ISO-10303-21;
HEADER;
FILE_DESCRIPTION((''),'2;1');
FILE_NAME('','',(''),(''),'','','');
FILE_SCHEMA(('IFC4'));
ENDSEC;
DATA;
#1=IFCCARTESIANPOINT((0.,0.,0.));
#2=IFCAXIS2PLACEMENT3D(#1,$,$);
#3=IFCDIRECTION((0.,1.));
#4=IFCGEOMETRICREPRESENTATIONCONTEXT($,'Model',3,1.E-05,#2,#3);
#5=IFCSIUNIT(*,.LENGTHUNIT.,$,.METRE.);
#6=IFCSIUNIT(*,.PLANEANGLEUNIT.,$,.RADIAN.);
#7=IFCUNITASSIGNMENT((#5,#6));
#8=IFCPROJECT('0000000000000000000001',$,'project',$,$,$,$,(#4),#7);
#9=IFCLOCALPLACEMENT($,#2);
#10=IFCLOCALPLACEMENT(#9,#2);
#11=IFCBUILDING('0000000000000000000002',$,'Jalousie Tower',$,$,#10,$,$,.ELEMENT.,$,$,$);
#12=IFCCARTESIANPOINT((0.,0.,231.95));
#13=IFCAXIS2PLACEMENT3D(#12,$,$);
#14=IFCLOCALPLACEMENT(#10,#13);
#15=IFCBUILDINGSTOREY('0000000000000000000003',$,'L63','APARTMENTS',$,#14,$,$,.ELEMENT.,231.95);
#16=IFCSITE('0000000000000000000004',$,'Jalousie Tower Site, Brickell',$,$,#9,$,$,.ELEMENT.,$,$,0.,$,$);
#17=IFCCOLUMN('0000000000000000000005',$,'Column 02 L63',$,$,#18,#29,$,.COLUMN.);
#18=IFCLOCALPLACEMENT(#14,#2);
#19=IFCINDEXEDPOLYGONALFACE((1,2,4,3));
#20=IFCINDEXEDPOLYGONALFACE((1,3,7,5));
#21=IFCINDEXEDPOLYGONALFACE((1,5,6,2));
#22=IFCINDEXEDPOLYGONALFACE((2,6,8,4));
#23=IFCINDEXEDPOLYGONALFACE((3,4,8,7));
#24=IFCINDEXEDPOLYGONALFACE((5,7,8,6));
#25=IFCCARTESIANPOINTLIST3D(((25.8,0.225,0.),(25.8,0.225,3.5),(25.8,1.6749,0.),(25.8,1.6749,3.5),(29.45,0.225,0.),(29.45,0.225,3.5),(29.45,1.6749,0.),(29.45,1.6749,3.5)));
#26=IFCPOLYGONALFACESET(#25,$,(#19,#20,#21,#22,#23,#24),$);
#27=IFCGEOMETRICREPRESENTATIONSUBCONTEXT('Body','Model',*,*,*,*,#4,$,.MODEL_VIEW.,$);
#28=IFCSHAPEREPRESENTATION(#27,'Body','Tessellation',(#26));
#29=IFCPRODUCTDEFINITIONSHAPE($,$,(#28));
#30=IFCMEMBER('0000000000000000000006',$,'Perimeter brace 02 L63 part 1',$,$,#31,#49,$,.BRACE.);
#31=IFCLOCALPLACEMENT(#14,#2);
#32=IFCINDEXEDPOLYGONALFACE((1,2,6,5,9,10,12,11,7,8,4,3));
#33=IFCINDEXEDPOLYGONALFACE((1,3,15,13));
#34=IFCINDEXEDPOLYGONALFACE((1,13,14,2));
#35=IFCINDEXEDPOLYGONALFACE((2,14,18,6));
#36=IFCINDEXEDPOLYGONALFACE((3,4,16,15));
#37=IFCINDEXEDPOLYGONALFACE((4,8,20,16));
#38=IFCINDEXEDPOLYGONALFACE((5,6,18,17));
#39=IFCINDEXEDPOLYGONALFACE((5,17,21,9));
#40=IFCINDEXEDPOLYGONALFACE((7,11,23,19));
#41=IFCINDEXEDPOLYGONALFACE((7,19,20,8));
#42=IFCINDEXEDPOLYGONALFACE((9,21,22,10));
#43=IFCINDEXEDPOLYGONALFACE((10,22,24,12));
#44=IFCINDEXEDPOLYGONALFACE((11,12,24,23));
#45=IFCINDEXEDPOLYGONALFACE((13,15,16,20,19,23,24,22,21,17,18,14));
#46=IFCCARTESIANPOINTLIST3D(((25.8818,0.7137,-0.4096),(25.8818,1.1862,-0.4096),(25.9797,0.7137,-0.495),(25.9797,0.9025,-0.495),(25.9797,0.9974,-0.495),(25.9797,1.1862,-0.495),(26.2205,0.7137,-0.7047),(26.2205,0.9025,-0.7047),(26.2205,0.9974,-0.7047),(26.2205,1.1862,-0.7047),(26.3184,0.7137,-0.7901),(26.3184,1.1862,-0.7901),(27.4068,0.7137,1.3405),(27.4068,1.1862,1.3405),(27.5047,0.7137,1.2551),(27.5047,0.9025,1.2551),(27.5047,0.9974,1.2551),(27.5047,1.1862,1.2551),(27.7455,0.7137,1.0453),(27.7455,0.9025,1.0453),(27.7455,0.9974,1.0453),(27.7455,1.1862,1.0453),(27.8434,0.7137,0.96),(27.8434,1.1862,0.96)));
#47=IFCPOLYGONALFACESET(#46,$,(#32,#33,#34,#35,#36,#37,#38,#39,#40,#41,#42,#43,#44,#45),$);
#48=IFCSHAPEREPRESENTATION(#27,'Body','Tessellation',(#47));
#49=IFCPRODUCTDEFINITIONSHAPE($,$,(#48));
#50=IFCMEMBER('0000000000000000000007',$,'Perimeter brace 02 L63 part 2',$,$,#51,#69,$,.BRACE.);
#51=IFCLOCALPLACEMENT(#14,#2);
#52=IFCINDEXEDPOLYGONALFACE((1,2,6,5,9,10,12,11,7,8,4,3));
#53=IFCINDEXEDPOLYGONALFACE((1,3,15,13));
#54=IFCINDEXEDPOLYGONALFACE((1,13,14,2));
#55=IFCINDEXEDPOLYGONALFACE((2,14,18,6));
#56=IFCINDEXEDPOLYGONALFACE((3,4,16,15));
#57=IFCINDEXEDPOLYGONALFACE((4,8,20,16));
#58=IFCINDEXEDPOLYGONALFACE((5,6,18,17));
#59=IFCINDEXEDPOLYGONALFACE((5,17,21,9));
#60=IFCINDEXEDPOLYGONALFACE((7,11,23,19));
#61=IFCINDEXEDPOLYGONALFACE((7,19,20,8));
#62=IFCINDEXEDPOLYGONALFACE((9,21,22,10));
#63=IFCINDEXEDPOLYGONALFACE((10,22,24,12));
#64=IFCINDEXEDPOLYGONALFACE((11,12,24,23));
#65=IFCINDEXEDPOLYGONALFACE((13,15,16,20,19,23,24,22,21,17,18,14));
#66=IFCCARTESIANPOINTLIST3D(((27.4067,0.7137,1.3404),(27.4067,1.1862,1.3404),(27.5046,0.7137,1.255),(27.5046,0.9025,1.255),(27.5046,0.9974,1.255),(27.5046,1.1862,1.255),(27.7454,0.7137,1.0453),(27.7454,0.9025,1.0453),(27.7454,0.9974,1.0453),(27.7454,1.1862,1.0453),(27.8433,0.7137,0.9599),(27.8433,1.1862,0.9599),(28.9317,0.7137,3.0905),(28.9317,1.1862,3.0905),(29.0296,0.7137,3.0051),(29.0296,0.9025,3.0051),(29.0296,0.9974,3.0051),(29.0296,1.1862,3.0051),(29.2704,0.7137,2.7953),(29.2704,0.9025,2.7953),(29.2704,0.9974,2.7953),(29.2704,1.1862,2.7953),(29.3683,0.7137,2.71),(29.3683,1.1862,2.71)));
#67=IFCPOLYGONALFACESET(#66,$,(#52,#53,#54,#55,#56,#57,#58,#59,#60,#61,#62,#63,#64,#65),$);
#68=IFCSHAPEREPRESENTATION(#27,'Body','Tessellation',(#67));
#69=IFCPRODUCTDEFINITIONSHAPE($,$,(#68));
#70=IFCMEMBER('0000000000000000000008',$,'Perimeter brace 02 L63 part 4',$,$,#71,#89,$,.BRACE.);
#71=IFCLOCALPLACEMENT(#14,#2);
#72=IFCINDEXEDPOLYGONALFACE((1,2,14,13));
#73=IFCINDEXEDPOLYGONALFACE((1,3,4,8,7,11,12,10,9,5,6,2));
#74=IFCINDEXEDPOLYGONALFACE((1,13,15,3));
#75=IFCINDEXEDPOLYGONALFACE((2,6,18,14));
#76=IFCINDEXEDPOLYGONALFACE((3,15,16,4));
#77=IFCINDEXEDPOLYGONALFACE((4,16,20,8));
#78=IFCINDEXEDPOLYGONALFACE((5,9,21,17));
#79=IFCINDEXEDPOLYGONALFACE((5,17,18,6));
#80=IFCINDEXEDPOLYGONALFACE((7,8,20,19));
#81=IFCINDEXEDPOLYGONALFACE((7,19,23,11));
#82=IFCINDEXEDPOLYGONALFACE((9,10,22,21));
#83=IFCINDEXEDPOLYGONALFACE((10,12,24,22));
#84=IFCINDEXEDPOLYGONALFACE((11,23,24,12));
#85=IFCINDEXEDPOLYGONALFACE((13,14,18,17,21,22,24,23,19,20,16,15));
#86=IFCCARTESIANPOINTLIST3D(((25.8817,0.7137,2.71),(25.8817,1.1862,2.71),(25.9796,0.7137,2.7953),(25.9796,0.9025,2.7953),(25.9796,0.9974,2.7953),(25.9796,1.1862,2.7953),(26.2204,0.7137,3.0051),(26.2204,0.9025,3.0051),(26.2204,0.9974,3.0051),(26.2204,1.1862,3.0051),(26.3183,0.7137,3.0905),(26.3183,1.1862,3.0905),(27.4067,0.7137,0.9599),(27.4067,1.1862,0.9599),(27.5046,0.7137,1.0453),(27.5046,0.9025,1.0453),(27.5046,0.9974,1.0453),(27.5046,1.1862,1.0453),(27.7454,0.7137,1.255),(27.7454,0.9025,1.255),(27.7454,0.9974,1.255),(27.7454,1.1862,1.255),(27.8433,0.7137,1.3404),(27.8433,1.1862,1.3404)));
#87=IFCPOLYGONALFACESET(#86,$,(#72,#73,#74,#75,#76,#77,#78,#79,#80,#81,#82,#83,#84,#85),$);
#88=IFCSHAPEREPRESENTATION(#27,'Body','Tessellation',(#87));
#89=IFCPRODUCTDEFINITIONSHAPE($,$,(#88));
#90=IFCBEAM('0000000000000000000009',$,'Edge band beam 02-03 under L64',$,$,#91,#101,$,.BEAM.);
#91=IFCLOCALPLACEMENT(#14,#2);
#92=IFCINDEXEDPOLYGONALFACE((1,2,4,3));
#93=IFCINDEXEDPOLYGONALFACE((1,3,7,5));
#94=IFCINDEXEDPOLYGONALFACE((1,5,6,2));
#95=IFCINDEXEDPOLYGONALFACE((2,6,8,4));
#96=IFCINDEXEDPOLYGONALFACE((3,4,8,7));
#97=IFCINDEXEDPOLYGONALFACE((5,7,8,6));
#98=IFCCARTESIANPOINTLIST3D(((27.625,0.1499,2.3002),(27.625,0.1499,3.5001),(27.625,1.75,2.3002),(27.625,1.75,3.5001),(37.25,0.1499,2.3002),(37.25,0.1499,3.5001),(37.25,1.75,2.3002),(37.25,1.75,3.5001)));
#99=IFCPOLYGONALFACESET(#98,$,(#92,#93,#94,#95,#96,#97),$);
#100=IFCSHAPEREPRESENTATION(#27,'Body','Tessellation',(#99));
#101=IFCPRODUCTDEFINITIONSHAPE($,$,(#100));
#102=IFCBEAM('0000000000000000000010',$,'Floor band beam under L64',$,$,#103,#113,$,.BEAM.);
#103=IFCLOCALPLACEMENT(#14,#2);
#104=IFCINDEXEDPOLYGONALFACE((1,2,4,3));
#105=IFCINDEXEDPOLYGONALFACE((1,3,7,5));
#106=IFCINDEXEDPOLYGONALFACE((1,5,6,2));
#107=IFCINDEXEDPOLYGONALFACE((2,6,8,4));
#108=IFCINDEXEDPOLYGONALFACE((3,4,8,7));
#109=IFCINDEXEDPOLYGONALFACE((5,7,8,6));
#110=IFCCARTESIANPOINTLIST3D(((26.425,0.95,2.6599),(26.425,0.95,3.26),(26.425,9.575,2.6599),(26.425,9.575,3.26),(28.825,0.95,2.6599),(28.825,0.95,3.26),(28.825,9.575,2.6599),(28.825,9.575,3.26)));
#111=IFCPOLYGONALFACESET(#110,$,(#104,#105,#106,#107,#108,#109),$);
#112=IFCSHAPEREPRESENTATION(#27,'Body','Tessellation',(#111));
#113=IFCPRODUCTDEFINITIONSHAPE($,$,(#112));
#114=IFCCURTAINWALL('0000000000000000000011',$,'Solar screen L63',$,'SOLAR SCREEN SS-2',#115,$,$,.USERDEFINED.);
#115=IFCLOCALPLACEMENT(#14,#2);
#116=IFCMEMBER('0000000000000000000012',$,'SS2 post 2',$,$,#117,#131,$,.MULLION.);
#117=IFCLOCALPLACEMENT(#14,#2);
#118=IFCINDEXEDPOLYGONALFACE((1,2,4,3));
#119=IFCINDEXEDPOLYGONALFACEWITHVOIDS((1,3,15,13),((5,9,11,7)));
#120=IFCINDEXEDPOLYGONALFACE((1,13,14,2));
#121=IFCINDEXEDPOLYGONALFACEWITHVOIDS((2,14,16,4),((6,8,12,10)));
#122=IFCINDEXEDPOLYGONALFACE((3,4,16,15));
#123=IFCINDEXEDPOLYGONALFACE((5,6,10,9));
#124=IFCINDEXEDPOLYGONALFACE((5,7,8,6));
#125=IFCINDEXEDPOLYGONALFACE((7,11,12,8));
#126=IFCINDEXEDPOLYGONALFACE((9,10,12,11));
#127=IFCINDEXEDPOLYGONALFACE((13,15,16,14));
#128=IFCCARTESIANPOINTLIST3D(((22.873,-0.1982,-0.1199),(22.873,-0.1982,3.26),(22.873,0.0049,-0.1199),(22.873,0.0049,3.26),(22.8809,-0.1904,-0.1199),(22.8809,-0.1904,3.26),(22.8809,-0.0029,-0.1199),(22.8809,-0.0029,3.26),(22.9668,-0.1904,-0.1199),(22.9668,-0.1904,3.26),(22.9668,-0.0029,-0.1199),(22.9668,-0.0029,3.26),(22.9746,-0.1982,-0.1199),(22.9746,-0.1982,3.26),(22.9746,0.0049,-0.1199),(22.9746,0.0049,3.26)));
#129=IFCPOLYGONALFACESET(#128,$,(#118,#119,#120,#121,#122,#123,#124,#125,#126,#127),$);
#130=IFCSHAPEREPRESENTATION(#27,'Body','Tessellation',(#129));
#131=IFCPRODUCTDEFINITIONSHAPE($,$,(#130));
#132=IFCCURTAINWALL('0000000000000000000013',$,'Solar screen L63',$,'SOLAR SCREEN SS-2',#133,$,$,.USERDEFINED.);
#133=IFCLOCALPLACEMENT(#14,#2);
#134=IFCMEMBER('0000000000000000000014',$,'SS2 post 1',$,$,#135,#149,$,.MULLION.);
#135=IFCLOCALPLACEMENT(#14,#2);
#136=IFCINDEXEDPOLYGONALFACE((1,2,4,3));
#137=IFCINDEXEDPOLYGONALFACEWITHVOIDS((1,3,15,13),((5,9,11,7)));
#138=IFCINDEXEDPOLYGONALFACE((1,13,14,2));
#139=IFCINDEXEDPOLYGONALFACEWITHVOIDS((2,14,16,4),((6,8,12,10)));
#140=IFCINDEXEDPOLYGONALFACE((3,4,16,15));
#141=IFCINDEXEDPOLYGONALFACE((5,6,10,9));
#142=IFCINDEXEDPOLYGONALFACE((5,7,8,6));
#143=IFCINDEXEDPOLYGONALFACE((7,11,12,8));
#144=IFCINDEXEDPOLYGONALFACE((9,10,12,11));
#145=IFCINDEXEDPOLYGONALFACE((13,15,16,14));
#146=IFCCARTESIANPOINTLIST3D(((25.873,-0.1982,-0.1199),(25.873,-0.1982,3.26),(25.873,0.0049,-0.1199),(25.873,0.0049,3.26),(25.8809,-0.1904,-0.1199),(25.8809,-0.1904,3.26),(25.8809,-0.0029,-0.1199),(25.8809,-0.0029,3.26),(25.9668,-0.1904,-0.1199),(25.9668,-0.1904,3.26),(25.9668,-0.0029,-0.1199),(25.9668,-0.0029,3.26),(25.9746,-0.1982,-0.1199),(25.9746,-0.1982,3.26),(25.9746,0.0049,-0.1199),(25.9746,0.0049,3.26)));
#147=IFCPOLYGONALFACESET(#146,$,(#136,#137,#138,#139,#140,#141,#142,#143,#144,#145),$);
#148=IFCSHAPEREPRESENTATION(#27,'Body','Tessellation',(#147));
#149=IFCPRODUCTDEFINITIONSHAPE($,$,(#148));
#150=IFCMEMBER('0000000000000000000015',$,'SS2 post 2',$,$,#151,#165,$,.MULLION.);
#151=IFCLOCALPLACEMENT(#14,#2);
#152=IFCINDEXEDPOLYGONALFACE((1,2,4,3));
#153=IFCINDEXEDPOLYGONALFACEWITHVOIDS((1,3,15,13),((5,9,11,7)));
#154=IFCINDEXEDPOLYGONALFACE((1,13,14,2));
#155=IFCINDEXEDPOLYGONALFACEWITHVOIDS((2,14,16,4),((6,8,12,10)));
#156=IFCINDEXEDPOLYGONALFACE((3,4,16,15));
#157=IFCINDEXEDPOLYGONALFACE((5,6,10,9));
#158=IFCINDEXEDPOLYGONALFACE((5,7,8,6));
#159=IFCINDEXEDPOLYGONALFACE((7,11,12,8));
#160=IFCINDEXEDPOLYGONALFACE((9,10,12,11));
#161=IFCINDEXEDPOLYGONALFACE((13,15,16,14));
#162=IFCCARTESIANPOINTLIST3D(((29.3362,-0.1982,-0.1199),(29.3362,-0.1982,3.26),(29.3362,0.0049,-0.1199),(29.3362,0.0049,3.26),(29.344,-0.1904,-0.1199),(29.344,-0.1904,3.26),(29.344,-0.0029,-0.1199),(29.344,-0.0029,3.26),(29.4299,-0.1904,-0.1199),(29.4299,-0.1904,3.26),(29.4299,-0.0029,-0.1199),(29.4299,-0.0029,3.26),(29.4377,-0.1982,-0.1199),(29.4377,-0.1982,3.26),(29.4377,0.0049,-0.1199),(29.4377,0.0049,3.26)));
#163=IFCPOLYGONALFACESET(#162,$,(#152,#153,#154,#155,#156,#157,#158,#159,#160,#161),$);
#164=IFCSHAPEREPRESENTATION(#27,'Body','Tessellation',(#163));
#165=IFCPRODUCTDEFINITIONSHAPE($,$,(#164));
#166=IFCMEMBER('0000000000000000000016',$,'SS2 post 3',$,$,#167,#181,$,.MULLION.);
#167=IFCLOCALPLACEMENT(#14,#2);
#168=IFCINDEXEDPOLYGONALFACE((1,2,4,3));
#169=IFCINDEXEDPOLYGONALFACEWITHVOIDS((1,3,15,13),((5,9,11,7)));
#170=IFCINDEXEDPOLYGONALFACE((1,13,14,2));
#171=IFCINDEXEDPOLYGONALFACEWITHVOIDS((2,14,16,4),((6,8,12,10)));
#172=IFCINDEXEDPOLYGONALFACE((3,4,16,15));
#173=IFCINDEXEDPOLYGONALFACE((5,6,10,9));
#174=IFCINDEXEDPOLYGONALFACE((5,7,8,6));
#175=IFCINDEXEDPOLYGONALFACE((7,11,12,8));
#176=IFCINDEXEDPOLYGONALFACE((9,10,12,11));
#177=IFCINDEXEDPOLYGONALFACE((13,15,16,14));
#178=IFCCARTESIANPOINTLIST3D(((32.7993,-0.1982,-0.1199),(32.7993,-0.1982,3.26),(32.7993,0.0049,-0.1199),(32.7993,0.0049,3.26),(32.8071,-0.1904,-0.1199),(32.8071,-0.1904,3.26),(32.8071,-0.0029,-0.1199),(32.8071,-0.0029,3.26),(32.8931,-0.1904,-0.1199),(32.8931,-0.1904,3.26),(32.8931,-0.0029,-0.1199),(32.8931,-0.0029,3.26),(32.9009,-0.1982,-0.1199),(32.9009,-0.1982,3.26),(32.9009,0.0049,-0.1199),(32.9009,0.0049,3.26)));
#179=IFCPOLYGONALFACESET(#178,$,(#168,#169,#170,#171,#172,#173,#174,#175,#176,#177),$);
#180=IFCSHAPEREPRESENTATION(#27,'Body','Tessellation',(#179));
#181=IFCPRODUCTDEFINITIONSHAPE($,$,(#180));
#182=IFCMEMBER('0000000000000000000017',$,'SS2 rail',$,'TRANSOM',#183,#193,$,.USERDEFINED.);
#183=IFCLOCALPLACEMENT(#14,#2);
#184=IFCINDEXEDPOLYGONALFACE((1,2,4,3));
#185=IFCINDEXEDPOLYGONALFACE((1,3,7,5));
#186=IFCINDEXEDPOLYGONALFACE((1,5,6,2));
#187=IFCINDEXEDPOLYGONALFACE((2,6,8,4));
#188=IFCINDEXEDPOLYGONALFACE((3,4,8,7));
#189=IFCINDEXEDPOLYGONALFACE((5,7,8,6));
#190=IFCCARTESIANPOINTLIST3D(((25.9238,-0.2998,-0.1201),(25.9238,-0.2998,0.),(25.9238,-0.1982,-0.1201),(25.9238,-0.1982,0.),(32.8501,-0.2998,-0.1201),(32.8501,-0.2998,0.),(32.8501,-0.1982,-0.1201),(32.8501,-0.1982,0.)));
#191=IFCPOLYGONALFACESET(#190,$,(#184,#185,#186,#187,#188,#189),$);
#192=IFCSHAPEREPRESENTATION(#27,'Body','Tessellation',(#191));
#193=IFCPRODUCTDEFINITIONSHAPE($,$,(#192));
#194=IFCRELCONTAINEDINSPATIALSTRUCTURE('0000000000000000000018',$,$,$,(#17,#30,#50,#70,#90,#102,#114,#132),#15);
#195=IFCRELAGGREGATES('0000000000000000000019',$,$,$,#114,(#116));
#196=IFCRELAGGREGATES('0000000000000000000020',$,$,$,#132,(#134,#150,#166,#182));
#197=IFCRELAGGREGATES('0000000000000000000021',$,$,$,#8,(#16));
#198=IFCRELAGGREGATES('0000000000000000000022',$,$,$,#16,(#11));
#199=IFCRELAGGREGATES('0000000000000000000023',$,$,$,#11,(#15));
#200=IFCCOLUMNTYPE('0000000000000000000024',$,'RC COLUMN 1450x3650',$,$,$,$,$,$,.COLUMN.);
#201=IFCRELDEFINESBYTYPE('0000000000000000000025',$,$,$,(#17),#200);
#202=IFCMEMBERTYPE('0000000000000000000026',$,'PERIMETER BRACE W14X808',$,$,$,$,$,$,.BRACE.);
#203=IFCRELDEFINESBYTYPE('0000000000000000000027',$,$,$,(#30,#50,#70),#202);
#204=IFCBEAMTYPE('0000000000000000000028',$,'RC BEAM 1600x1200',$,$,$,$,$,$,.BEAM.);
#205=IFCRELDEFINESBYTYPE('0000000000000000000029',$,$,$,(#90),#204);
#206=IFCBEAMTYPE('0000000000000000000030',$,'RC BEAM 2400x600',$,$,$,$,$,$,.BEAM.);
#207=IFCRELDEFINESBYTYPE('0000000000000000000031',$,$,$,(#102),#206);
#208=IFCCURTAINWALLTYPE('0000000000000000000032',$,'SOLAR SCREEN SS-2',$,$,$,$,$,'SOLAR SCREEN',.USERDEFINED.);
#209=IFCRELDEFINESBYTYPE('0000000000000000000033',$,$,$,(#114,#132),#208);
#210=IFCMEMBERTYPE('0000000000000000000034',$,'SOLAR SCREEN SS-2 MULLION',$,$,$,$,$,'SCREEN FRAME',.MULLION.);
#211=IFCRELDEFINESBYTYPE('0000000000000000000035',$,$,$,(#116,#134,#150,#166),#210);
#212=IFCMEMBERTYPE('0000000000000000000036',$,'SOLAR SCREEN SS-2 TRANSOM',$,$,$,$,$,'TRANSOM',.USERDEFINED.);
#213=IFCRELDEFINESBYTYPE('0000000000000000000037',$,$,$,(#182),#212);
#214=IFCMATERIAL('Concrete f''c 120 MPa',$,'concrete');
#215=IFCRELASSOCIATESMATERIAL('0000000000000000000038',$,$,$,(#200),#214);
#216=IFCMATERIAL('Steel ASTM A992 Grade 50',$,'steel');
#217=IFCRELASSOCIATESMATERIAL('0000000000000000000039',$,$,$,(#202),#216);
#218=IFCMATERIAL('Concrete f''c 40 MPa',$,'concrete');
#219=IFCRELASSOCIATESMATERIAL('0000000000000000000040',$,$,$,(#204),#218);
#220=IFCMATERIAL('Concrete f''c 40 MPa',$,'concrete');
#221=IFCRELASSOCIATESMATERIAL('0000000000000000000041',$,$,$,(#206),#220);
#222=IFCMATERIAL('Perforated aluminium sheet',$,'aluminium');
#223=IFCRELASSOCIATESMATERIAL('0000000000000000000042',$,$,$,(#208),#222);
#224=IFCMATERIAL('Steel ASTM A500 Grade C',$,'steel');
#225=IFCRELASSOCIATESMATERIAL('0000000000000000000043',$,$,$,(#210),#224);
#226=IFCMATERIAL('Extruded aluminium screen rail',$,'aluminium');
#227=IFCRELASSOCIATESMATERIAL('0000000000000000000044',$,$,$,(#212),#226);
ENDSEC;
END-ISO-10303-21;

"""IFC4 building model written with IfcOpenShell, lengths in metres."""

from ifc_helpers import new_model, si_unit, direction, frame, origin, origin_2d, place, context, subcontext, project, spatial, rectangle, hollow_rectangle, i_section, extrude, material, material_profile, profile_set, type_object, element, aggregate, save


model = new_model("IFC4")

# Units and contexts
model_context = context("Model", 3, precision=1e-05, world=origin(), true_north=direction((0.0, 1.0)))
body_context = subcontext(model_context, "Body", "Model", "MODEL_VIEW")
ifc_project = project(units=[si_unit("LENGTHUNIT", "METRE"), si_unit("PLANEANGLEUNIT", "RADIAN")], contexts=[model_context])

# Site, building, storey
site_placement = place(None, origin())
site = spatial("IfcSite", under=ifc_project, at=site_placement, Name="Jalousie Tower Site, Brickell", CompositionType="ELEMENT", RefElevation=0.0)
building_placement = place(site_placement, origin())
building = spatial("IfcBuilding", under=site, at=building_placement, Name="Jalousie Tower", CompositionType="ELEMENT")
storey_placement = place(building_placement, frame((0.0, 0.0, 231.95)))
storey = spatial("IfcBuildingStorey", under=building, at=storey_placement, Name="L63", Description="APARTMENTS", CompositionType="ELEMENT", Elevation=231.95)

# Column
ifc_material_1 = material(Name="Concrete f'c 120 MPa", Category="concrete")
ifc_material_profile_1 = material_profile(ifc_material_1, rectangle(XDim=1.45, YDim=3.6499, at=origin_2d()), Name="RC 1450x3650")
ifc_profile_set_1 = profile_set([ifc_material_profile_1], Name="Concrete f'c 120 MPa")
column_type = type_object("IfcColumnType", Name="RC COLUMN 1450x3650", PredefinedType="COLUMN", material=ifc_profile_set_1)
column_placement = place(storey_placement, frame((27.625, 0.95, 0.0), z_axis=(0.0, 0.0, 1.0), x_axis=(0.0, 1.0, 0.0)))
element("IfcColumn", 1, at=column_placement, inside=storey, type_object=column_type, Name="Column 02 L63", PredefinedType="COLUMN", context=body_context, shape_type="SweptSolid", body=[
    extrude(rectangle(XDim=1.45, YDim=3.6499, at=origin_2d()), origin(), (0.0, 0.0, 1.0), 3.5),
])

# Members
ifc_material_2 = material(Name="Steel ASTM A992 Grade 50", Category="steel")
ifc_material_profile_2 = material_profile(ifc_material_2, i_section(OverallWidth=0.4724, OverallDepth=0.5791, WebThickness=0.095, FlangeThickness=0.1299, at=origin_2d()), Name="W14X808")
ifc_profile_set_2 = profile_set([ifc_material_profile_2], Name="Steel ASTM A992 Grade 50")
member_type_1 = type_object("IfcMemberType", Name="PERIMETER BRACE W14X808", PredefinedType="BRACE", material=ifc_profile_set_2)
for number, where, z_axis, x_axis, name in (
    (2, (26.1001, 0.95, -0.5999), (0.656954, 0.0, 0.75393), (0.0, 1.0, 0.0), "Perimeter brace 02 L63 part 1"),
    (3, (27.625, 0.95, 1.1501), (0.656954, 0.0, 0.75393), (0.0, 1.0, 0.0), "Perimeter brace 02 L63 part 2"),
    (4, (27.625, 0.95, 1.1501), (-0.656954, 0.0, 0.75393), (0.0, -1.0, 0.0), "Perimeter brace 02 L63 part 4"),
):
    element("IfcMember", number, at=place(storey_placement, frame(where, z_axis=z_axis, x_axis=x_axis)), inside=storey, type_object=member_type_1, Name=name, PredefinedType="BRACE", context=body_context, shape_type="SweptSolid", body=[
        extrude(i_section(OverallWidth=0.4724, OverallDepth=0.5791, WebThickness=0.095, FlangeThickness=0.1299, at=origin_2d()), origin(), (0.0, 0.0, 1.0), 2.3213),
    ])

# Beams
ifc_material_3 = material(Name="Concrete f'c 40 MPa", Category="concrete")
ifc_material_profile_3 = material_profile(ifc_material_3, rectangle(XDim=1.6001, YDim=1.2, at=origin_2d()), Name="RC 1600x1200")
ifc_profile_set_3 = profile_set([ifc_material_profile_3], Name="Concrete f'c 40 MPa")
beam_type_1 = type_object("IfcBeamType", Name="RC BEAM 1600x1200", PredefinedType="BEAM", material=ifc_profile_set_3)
beam_1_placement = place(storey_placement, frame((27.625, 0.95, 2.9001), z_axis=(1.0, 0.0, 0.0), x_axis=(0.0, 1.0, 0.0)))
element("IfcBeam", 5, at=beam_1_placement, inside=storey, type_object=beam_type_1, Name="Edge band beam 02-03 under L64", PredefinedType="BEAM", context=body_context, shape_type="SweptSolid", body=[
    extrude(rectangle(XDim=1.6001, YDim=1.2, at=origin_2d()), origin(), (0.0, 0.0, 1.0), 9.625),
])
ifc_material_4 = material(Name="Concrete f'c 40 MPa", Category="concrete")
ifc_material_profile_4 = material_profile(ifc_material_4, rectangle(XDim=2.3999, YDim=0.6001, at=origin_2d()), Name="RC 2400x600")
ifc_profile_set_4 = profile_set([ifc_material_profile_4], Name="Concrete f'c 40 MPa")
beam_type_2 = type_object("IfcBeamType", Name="RC BEAM 2400x600", PredefinedType="BEAM", material=ifc_profile_set_4)
beam_2_placement = place(storey_placement, frame((27.625, 0.95, 2.96), z_axis=(0.0, 1.0, 0.0), x_axis=(-1.0, 0.0, 0.0)))
element("IfcBeam", 6, at=beam_2_placement, inside=storey, type_object=beam_type_2, Name="Floor band beam under L64", PredefinedType="BEAM", context=body_context, shape_type="SweptSolid", body=[
    extrude(rectangle(XDim=2.3999, YDim=0.6001, at=origin_2d()), origin(), (0.0, 0.0, 1.0), 8.625),
])

# Curtain wall, member
ifc_material_5 = material(Name="Perforated aluminium sheet", Category="aluminium")
curtain_wall_type = type_object("IfcCurtainWallType", Name="SOLAR SCREEN SS-2", ElementType="SOLAR SCREEN", PredefinedType="USERDEFINED", material=ifc_material_5)
curtain_wall_1_placement = place(storey_placement, origin())
curtain_wall_1 = element("IfcCurtainWall", 7, at=curtain_wall_1_placement, inside=storey, type_object=curtain_wall_type, Name="Solar screen L63", ObjectType="SOLAR SCREEN SS-2", PredefinedType="USERDEFINED")
ifc_material_6 = material(Name="Steel ASTM A500 Grade C", Category="steel")
ifc_material_profile_5 = material_profile(ifc_material_6, hollow_rectangle(XDim=0.1016, YDim=0.2031, WallThickness=0.0078, at=origin_2d()), Name="HSS8X4X5/16")
ifc_profile_set_5 = profile_set([ifc_material_profile_5], Name="Steel ASTM A500 Grade C")
member_type_2 = type_object("IfcMemberType", Name="SOLAR SCREEN SS-2 MULLION", ElementType="SCREEN FRAME", PredefinedType="MULLION", material=ifc_profile_set_5)
member_1_placement = place(storey_placement, frame((22.9238, -0.0967, -0.1199), z_axis=(0.0, 0.0, 1.0), x_axis=(1.0, 0.0, 0.0)))
member_1 = element("IfcMember", 8, at=member_1_placement, type_object=member_type_2, Name="SS2 post 2", PredefinedType="MULLION", context=body_context, shape_type="SweptSolid", body=[
    extrude(hollow_rectangle(XDim=0.1016, YDim=0.2031, WallThickness=0.0078, at=origin_2d()), origin(), (0.0, 0.0, 1.0), 3.3799),
])
aggregate(curtain_wall_1, [member_1])

# Curtain wall, members
curtain_wall_2_placement = place(storey_placement, origin())
curtain_wall_2 = element("IfcCurtainWall", 9, at=curtain_wall_2_placement, inside=storey, type_object=curtain_wall_type, Name="Solar screen L63", ObjectType="SOLAR SCREEN SS-2", PredefinedType="USERDEFINED")
member_2_placement = place(storey_placement, frame((25.9238, -0.0967, -0.1199), z_axis=(0.0, 0.0, 1.0), x_axis=(1.0, 0.0, 0.0)))
member_2 = element("IfcMember", 10, at=member_2_placement, type_object=member_type_2, Name="SS2 post 1", PredefinedType="MULLION", context=body_context, shape_type="SweptSolid", body=[
    extrude(hollow_rectangle(XDim=0.1016, YDim=0.2031, WallThickness=0.0078, at=origin_2d()), origin(), (0.0, 0.0, 1.0), 3.3799),
])
member_3_placement = place(storey_placement, frame((29.387, -0.0967, -0.1199), z_axis=(0.0, 0.0, 1.0), x_axis=(1.0, 0.0, 0.0)))
member_3 = element("IfcMember", 11, at=member_3_placement, type_object=member_type_2, Name="SS2 post 2", PredefinedType="MULLION", context=body_context, shape_type="SweptSolid", body=[
    extrude(hollow_rectangle(XDim=0.1016, YDim=0.2031, WallThickness=0.0078, at=origin_2d()), origin(), (0.0, 0.0, 1.0), 3.3799),
])
member_4_placement = place(storey_placement, frame((32.8501, -0.0967, -0.1199), z_axis=(0.0, 0.0, 1.0), x_axis=(1.0, 0.0, 0.0)))
member_4 = element("IfcMember", 12, at=member_4_placement, type_object=member_type_2, Name="SS2 post 3", PredefinedType="MULLION", context=body_context, shape_type="SweptSolid", body=[
    extrude(hollow_rectangle(XDim=0.1016, YDim=0.2031, WallThickness=0.0078, at=origin_2d()), origin(), (0.0, 0.0, 1.0), 3.3799),
])
ifc_material_7 = material(Name="Extruded aluminium screen rail", Category="aluminium")
ifc_material_profile_6 = material_profile(ifc_material_7, rectangle(XDim=0.1016, YDim=0.1201, at=origin_2d()), Name="RAIL 102x120")
ifc_profile_set_6 = profile_set([ifc_material_profile_6], Name="Extruded aluminium screen rail")
member_type_3 = type_object("IfcMemberType", Name="SOLAR SCREEN SS-2 TRANSOM", ElementType="TRANSOM", PredefinedType="USERDEFINED", material=ifc_profile_set_6)
member_5_placement = place(storey_placement, frame((25.9238, -0.249, -0.0601), z_axis=(1.0, 0.0, 0.0), x_axis=(0.0, 1.0, 0.0)))
member_5 = element("IfcMember", 13, at=member_5_placement, type_object=member_type_3, Name="SS2 rail", ObjectType="TRANSOM", PredefinedType="USERDEFINED", context=body_context, shape_type="SweptSolid", body=[
    extrude(rectangle(XDim=0.1016, YDim=0.1201, at=origin_2d()), origin(), (0.0, 0.0, 1.0), 6.9263),
])
aggregate(curtain_wall_2, [member_2, member_3, member_4, member_5])

save(model, "model.ifc")
